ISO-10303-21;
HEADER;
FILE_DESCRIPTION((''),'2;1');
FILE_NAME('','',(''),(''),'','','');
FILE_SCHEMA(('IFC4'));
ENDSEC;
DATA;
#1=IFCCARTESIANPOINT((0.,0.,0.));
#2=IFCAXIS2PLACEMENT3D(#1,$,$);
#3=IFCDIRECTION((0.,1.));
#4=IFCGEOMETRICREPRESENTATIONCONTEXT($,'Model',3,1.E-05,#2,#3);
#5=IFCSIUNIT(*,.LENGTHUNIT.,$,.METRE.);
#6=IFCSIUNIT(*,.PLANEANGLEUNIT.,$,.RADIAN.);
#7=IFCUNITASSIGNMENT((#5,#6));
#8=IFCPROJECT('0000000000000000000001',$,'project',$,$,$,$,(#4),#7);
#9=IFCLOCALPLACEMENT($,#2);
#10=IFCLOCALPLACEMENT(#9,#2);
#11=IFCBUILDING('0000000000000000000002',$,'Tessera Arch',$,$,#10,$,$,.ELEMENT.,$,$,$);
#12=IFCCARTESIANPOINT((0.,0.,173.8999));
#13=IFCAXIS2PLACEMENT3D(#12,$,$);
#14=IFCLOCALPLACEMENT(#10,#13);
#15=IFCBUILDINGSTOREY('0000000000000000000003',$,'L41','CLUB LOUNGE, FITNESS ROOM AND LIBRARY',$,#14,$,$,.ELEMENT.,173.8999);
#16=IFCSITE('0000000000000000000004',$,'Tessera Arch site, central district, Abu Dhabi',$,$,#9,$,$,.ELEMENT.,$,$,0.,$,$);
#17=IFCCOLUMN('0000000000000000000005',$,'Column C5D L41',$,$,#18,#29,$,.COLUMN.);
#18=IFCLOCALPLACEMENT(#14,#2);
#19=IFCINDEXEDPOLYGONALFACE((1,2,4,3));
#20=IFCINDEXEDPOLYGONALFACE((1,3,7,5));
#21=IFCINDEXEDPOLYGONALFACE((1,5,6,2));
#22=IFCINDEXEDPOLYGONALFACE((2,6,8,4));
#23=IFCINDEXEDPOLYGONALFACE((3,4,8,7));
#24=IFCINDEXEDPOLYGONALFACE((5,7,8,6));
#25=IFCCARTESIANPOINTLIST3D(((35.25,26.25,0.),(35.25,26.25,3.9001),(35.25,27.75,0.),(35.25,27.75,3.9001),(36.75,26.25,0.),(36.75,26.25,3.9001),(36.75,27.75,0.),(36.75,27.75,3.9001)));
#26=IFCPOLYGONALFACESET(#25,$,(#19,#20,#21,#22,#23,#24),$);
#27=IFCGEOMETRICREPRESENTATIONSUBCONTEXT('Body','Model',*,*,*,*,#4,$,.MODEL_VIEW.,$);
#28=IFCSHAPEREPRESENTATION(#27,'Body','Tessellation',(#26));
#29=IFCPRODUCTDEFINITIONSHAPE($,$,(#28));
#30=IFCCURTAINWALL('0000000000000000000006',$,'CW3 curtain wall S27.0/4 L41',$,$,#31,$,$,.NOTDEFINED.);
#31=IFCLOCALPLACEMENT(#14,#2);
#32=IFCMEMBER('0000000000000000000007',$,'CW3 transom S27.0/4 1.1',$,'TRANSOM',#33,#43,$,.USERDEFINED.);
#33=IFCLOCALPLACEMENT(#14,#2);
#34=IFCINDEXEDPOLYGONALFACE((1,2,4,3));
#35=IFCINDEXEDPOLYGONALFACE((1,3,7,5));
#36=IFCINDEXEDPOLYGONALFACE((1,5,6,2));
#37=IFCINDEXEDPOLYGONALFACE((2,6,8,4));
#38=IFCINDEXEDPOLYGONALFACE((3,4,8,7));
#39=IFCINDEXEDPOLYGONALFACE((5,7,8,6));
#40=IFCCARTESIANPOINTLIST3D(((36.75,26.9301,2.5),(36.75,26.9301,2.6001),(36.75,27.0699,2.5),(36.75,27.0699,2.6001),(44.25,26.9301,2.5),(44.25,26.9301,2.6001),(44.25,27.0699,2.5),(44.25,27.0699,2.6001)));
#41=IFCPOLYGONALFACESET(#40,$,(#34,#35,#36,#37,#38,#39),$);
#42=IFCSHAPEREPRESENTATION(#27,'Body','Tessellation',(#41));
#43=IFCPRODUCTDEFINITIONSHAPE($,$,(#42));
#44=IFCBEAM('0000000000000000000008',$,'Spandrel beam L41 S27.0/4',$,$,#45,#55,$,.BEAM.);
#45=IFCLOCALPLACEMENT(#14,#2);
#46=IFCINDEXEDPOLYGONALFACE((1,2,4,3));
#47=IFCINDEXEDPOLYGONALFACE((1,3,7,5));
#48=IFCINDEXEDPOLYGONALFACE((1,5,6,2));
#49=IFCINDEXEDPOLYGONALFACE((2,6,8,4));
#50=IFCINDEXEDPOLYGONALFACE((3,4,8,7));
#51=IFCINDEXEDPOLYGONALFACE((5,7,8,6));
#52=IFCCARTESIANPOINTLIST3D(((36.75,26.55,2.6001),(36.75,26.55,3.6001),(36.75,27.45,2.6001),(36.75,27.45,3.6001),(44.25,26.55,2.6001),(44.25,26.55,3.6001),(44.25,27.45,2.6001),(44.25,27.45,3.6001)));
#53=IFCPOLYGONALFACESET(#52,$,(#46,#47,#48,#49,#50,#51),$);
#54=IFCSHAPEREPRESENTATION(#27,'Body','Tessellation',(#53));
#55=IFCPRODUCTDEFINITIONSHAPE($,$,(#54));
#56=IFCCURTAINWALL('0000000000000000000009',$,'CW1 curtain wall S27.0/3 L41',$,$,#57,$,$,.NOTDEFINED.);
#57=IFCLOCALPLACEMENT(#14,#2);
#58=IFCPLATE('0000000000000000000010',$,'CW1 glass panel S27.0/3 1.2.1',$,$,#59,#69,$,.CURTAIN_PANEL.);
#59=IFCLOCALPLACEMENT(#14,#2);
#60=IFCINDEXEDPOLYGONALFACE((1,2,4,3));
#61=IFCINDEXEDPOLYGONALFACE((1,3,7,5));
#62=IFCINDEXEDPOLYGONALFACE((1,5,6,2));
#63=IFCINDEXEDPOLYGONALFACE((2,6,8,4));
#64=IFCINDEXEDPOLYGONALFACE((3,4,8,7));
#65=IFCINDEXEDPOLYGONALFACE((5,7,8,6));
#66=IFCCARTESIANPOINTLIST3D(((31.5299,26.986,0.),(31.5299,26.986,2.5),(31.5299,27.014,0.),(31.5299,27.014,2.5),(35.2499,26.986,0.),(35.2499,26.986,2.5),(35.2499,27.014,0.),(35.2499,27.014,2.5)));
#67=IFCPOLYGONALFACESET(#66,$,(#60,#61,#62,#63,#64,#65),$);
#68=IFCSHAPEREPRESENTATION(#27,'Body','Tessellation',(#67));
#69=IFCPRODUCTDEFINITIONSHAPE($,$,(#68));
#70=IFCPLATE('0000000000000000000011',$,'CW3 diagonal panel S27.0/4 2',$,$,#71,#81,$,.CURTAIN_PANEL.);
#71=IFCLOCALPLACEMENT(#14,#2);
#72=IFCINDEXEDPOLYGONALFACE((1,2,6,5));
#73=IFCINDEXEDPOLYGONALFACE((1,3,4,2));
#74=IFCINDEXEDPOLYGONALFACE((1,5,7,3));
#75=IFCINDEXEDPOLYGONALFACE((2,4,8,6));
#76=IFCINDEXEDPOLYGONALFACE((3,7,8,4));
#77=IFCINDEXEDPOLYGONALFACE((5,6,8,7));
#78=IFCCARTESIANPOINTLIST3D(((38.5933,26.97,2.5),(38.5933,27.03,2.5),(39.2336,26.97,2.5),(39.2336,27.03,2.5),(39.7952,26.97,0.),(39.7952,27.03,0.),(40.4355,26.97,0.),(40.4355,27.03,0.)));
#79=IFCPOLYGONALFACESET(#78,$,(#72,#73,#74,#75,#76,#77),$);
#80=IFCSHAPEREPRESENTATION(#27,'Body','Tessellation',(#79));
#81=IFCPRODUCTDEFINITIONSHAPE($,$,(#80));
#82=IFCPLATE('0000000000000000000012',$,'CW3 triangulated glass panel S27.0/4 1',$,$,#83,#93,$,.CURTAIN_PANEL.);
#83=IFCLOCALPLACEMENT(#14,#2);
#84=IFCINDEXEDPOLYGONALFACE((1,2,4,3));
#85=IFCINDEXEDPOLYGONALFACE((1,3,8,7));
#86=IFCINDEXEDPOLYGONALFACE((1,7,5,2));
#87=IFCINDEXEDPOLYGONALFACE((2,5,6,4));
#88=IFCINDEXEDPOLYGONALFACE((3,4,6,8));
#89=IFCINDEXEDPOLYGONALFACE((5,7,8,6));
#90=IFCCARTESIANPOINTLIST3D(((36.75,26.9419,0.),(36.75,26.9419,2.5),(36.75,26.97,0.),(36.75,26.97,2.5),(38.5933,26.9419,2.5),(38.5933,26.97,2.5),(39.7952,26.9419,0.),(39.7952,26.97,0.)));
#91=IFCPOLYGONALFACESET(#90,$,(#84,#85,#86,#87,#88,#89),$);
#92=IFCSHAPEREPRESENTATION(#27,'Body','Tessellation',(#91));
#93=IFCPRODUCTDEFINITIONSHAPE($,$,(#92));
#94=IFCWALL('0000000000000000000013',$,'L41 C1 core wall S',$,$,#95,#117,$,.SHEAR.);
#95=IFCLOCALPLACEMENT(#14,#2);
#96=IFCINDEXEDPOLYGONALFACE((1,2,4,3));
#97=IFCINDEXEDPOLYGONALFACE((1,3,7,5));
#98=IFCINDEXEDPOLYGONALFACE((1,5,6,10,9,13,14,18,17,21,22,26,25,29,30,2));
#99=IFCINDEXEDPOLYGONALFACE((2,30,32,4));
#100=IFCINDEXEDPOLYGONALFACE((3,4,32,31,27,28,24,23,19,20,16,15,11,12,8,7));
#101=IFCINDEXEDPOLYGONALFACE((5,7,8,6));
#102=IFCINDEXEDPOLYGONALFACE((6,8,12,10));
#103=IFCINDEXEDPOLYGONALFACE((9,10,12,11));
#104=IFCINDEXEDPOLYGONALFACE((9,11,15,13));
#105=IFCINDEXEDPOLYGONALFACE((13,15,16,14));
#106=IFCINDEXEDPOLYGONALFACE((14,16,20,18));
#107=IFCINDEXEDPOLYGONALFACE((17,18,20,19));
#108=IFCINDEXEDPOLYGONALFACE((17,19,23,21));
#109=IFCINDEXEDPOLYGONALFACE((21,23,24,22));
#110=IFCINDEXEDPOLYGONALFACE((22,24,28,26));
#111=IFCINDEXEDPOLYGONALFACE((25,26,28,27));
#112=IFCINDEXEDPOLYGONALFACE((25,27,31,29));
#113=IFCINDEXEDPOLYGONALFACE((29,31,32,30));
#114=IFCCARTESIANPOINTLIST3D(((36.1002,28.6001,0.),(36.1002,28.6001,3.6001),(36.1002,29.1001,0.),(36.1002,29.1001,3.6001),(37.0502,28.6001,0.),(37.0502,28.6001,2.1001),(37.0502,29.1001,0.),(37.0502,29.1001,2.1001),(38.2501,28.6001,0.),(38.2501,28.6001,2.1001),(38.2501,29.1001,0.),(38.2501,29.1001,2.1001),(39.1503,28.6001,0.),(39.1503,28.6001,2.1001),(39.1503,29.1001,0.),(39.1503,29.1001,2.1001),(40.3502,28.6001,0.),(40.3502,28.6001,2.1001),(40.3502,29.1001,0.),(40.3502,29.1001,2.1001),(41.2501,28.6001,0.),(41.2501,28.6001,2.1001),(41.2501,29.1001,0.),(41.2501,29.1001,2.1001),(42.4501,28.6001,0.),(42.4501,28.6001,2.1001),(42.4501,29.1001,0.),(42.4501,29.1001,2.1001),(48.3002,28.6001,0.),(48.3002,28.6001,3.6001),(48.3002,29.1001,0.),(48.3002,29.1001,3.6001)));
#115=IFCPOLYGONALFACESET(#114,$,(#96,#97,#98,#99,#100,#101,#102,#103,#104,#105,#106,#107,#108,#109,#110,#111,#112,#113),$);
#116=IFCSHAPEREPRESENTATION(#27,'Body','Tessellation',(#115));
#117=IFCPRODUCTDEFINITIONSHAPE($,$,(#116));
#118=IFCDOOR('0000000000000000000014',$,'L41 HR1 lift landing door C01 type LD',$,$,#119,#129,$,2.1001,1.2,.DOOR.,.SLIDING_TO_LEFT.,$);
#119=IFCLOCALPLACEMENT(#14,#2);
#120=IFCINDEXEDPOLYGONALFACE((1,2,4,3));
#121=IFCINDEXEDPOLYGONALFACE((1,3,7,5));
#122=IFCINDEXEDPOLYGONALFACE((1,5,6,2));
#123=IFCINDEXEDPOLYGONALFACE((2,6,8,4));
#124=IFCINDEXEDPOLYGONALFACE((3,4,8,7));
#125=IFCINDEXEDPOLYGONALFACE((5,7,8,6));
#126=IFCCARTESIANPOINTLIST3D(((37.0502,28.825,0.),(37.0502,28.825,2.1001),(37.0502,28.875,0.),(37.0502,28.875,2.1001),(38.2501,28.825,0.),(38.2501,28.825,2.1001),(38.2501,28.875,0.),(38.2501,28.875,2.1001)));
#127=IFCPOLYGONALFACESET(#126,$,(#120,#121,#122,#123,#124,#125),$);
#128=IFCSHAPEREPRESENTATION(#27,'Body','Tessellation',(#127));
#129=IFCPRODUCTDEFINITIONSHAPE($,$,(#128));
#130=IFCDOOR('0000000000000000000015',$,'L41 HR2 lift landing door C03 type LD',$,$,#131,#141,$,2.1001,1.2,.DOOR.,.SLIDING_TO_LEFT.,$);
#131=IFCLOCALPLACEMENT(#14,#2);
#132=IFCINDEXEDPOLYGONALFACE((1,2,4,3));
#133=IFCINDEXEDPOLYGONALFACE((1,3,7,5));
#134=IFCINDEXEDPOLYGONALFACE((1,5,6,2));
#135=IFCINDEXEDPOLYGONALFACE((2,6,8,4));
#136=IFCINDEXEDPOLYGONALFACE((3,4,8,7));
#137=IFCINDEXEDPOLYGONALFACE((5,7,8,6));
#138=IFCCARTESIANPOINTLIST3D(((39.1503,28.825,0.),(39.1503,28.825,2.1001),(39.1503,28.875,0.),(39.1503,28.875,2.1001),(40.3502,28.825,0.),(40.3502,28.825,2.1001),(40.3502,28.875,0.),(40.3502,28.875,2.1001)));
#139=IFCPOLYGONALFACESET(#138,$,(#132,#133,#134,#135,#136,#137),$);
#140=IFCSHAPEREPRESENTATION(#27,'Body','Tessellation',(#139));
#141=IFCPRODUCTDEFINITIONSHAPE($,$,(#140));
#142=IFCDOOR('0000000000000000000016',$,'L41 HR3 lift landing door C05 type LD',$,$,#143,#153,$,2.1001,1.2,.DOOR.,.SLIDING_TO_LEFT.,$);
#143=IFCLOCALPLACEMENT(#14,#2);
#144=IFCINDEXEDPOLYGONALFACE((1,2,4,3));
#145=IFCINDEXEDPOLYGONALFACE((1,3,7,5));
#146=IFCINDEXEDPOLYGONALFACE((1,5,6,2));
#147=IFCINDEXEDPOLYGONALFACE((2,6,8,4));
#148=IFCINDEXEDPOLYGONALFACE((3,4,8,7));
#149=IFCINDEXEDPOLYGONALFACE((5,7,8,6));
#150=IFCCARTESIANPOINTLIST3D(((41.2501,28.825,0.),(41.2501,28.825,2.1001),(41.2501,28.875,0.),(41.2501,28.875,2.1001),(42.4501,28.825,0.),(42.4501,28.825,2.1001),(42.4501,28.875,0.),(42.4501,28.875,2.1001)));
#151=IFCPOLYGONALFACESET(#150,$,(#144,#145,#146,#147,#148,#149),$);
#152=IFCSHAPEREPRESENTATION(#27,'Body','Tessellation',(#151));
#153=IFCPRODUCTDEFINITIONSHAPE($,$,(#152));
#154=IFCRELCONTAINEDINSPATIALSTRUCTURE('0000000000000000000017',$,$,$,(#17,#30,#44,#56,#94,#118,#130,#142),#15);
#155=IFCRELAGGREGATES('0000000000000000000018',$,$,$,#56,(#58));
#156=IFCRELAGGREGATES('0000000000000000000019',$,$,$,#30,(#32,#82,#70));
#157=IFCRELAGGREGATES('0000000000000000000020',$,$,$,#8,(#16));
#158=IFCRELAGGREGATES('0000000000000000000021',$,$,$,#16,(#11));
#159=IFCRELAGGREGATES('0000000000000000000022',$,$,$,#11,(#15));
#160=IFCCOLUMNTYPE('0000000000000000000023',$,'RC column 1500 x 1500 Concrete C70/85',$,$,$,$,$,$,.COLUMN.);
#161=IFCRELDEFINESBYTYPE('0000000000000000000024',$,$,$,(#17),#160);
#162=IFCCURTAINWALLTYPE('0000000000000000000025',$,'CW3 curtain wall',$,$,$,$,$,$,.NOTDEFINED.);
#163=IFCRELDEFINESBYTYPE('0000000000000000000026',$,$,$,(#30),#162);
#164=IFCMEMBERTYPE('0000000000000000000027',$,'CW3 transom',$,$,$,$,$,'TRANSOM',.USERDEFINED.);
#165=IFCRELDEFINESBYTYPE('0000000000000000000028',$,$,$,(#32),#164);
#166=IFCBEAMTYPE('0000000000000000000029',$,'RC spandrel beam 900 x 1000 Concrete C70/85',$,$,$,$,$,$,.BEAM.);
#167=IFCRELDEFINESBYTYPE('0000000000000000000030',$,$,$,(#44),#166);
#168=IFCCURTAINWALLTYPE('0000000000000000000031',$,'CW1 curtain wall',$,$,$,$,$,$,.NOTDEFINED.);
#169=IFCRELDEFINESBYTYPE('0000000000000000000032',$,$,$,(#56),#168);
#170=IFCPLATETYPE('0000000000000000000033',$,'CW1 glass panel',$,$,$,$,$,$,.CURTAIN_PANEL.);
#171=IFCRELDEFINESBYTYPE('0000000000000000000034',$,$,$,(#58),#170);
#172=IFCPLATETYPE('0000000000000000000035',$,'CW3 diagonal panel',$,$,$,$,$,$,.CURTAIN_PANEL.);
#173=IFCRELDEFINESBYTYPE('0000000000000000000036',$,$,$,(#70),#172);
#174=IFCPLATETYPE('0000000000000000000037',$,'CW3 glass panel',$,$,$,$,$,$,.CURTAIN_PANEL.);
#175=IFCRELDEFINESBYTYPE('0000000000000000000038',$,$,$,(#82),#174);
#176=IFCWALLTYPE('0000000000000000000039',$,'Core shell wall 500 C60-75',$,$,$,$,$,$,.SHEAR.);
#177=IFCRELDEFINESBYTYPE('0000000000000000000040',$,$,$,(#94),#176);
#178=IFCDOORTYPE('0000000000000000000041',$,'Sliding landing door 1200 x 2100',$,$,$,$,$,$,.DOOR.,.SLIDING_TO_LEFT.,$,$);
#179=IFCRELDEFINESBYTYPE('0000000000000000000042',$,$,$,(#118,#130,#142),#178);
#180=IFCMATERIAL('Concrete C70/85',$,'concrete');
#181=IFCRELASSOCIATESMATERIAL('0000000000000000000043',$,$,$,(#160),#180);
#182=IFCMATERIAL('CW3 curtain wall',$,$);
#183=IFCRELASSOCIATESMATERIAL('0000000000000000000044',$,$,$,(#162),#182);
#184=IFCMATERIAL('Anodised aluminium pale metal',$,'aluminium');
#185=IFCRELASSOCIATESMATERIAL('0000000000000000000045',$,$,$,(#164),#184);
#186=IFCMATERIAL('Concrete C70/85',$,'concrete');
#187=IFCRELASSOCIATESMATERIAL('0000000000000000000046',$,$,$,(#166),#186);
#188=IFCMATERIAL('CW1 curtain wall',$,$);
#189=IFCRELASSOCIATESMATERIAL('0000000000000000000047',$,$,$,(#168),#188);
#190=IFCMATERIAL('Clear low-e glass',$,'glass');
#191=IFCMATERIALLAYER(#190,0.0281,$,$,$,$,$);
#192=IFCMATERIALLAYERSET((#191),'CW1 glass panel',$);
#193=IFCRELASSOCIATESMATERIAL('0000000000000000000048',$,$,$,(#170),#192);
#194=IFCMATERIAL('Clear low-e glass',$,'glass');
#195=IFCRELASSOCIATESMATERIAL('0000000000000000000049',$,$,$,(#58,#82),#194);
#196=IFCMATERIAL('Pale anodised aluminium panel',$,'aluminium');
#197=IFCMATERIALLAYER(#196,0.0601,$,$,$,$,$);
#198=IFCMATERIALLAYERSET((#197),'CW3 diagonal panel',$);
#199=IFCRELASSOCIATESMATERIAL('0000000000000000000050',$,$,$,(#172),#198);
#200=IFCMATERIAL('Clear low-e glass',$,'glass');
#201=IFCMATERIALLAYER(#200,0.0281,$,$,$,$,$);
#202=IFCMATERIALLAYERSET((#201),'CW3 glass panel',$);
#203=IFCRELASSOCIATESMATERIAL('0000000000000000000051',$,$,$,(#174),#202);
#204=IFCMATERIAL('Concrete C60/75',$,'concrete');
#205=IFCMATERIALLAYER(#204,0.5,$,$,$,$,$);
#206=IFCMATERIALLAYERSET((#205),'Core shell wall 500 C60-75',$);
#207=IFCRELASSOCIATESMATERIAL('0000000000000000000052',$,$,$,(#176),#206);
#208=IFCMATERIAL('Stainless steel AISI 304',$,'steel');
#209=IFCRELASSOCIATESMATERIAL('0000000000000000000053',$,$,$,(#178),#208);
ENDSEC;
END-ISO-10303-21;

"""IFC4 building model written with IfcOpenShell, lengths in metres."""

from ifc_helpers import new_model, si_unit, direction, frame, frame_2d, origin, origin_2d, place, context, subcontext, project, spatial, polyline, rectangle, outline, extrude, material, layer, layer_set, material_profile, profile_set, type_object, element, fill, aggregate, save


model = new_model("IFC4")

# Units and contexts
model_context = context("Model", 3, precision=1e-05, world=origin(), true_north=direction((0.0, 1.0)))
body_context = subcontext(model_context, "Body", "Model", "MODEL_VIEW")
ifc_project = project(units=[si_unit("LENGTHUNIT", "METRE"), si_unit("PLANEANGLEUNIT", "RADIAN")], contexts=[model_context])

# Site, building, storey
site_placement = place(None, origin())
site = spatial("IfcSite", under=ifc_project, at=site_placement, Name="Tessera Arch site, central district, Abu Dhabi", CompositionType="ELEMENT", RefElevation=0.0)
building_placement = place(site_placement, origin())
building = spatial("IfcBuilding", under=site, at=building_placement, Name="Tessera Arch", CompositionType="ELEMENT")
storey_placement = place(building_placement, frame((0.0, 0.0, 173.8999)))
storey = spatial("IfcBuildingStorey", under=building, at=storey_placement, Name="L41", Description="CLUB LOUNGE, FITNESS ROOM AND LIBRARY", CompositionType="ELEMENT", Elevation=173.8999)

# Column
ifc_material_1 = material(Name="Concrete C70/85", Category="concrete")
ifc_material_profile_1 = material_profile(ifc_material_1, rectangle(XDim=1.5, YDim=1.5, at=origin_2d()), Name="RC column 1500 x 1500 Concrete C70/85")
ifc_profile_set_1 = profile_set([ifc_material_profile_1], Name="Concrete C70/85")
column_type = type_object("IfcColumnType", Name="RC column 1500 x 1500 Concrete C70/85", PredefinedType="COLUMN", material=ifc_profile_set_1)
column_placement = place(storey_placement, frame((36.0, 27.0, 0.0), z_axis=(0.0, 0.0, 1.0), x_axis=(1.0, 0.0, 0.0)))
element("IfcColumn", 1, at=column_placement, inside=storey, type_object=column_type, Name="Column C5D L41", PredefinedType="COLUMN", context=body_context, shape_type="SweptSolid", body=[
    extrude(rectangle(XDim=1.5, YDim=1.5, at=origin_2d()), origin(), (0.0, 0.0, 1.0), 3.9001),
])

# Curtain wall, member
ifc_material_2 = material(Name="CW3 curtain wall")
curtain_wall_type_1 = type_object("IfcCurtainWallType", Name="CW3 curtain wall", PredefinedType="NOTDEFINED", material=ifc_material_2)
curtain_wall_1_placement = place(storey_placement, origin())
curtain_wall_1 = element("IfcCurtainWall", 2, at=curtain_wall_1_placement, inside=storey, type_object=curtain_wall_type_1, Name="CW3 curtain wall S27.0/4 L41", PredefinedType="NOTDEFINED")
ifc_material_3 = material(Name="Anodised aluminium pale metal", Category="aluminium")
ifc_material_profile_2 = material_profile(ifc_material_3, rectangle(XDim=0.1399, YDim=0.1001, at=origin_2d()), Name="AL 140x100")
ifc_profile_set_2 = profile_set([ifc_material_profile_2], Name="Anodised aluminium pale metal")
member_type = type_object("IfcMemberType", Name="CW3 transom", ElementType="TRANSOM", PredefinedType="USERDEFINED", material=ifc_profile_set_2)
member_placement = place(storey_placement, frame((36.75, 27.0, 2.55), z_axis=(1.0, 0.0, 0.0), x_axis=(0.0, 1.0, 0.0)))
member = element("IfcMember", 3, at=member_placement, type_object=member_type, Name="CW3 transom S27.0/4 1.1", ObjectType="TRANSOM", PredefinedType="USERDEFINED", context=body_context, shape_type="SweptSolid", body=[
    extrude(rectangle(XDim=0.1399, YDim=0.1001, at=origin_2d()), origin(), (0.0, 0.0, 1.0), 7.5),
])

# Beam
ifc_material_4 = material(Name="Concrete C70/85", Category="concrete")
ifc_material_profile_3 = material_profile(ifc_material_4, rectangle(XDim=0.8999, YDim=1.0, at=origin_2d()), Name="RC spandrel beam 900 x 1000 Concrete C70/85")
ifc_profile_set_3 = profile_set([ifc_material_profile_3], Name="Concrete C70/85")
beam_type = type_object("IfcBeamType", Name="RC spandrel beam 900 x 1000 Concrete C70/85", PredefinedType="BEAM", material=ifc_profile_set_3)
beam_placement = place(storey_placement, frame((36.75, 27.0, 3.1001), z_axis=(1.0, 0.0, 0.0), x_axis=(0.0, 1.0, 0.0)))
element("IfcBeam", 4, at=beam_placement, inside=storey, type_object=beam_type, Name="Spandrel beam L41 S27.0/4", PredefinedType="BEAM", context=body_context, shape_type="SweptSolid", body=[
    extrude(rectangle(XDim=0.8999, YDim=1.0, at=origin_2d()), origin(), (0.0, 0.0, 1.0), 7.5),
])

# Curtain wall, plate
ifc_material_5 = material(Name="CW1 curtain wall")
curtain_wall_type_2 = type_object("IfcCurtainWallType", Name="CW1 curtain wall", PredefinedType="NOTDEFINED", material=ifc_material_5)
curtain_wall_2_placement = place(storey_placement, origin())
curtain_wall_2 = element("IfcCurtainWall", 5, at=curtain_wall_2_placement, inside=storey, type_object=curtain_wall_type_2, Name="CW1 curtain wall S27.0/3 L41", PredefinedType="NOTDEFINED")
ifc_material_6 = material(Name="Clear low-e glass", Category="glass")
ifc_material_7 = material(Name="Clear low-e glass", Category="glass")
ifc_layer_1 = layer(ifc_material_7, 0.0281)
ifc_layer_set_1 = layer_set([ifc_layer_1], Name="CW1 glass panel")
plate_type_1 = type_object("IfcPlateType", Name="CW1 glass panel", PredefinedType="CURTAIN_PANEL", material=ifc_layer_set_1)
plate_1_placement = place(storey_placement, frame((33.3899, 27.0, 0.0), z_axis=(0.0, 0.0, 1.0), x_axis=(1.0, 0.0, 0.0)))
plate_1 = element("IfcPlate", 6, at=plate_1_placement, type_object=plate_type_1, material=ifc_material_6, Name="CW1 glass panel S27.0/3 1.2.1", PredefinedType="CURTAIN_PANEL", context=body_context, shape_type="SweptSolid", body=[
    extrude(rectangle(XDim=3.72, YDim=0.0281, at=origin_2d()), origin(), (0.0, 0.0, 1.0), 2.5),
])
aggregate(curtain_wall_2, [plate_1])

# Plates
ifc_material_8 = material(Name="Pale anodised aluminium panel", Category="aluminium")
ifc_layer_2 = layer(ifc_material_8, 0.0601)
ifc_layer_set_2 = layer_set([ifc_layer_2], Name="CW3 diagonal panel")
plate_type_2 = type_object("IfcPlateType", Name="CW3 diagonal panel", PredefinedType="CURTAIN_PANEL", material=ifc_layer_set_2)
plate_2_placement = place(storey_placement, frame((39.2336, 26.97, 2.5), z_axis=(0.0, -1.0, 0.0), x_axis=(-1.0, 0.0, 0.0)))
plate_2 = element("IfcPlate", 7, at=plate_2_placement, type_object=plate_type_2, Name="CW3 diagonal panel S27.0/4 2", PredefinedType="CURTAIN_PANEL", context=body_context, shape_type="SweptSolid", body=[
    extrude(outline(polyline([(0.0, 0.0), (0.6404, 0.0), (-0.5615, 2.5), (-1.2019, 2.5), (0.0, 0.0)])), origin(), (0.0, 0.0, -1.0), 0.0601),
])
ifc_material_9 = material(Name="Clear low-e glass", Category="glass")
ifc_layer_3 = layer(ifc_material_9, 0.0281)
ifc_layer_set_3 = layer_set([ifc_layer_3], Name="CW3 glass panel")
plate_type_3 = type_object("IfcPlateType", Name="CW3 glass panel", PredefinedType="CURTAIN_PANEL", material=ifc_layer_set_3)
plate_3_placement = place(storey_placement, frame((36.75, 26.9419, 0.0), z_axis=(0.0, -1.0, 0.0), x_axis=(1.0, 0.0, 0.0)))
plate_3 = element("IfcPlate", 8, at=plate_3_placement, type_object=plate_type_3, material=ifc_material_6, Name="CW3 triangulated glass panel S27.0/4 1", PredefinedType="CURTAIN_PANEL", context=body_context, shape_type="SweptSolid", body=[
    extrude(outline(polyline([(0.0, 0.0), (3.0452, 0.0), (1.8433, 2.5), (0.0, 2.5), (0.0, 0.0)])), origin(), (0.0, 0.0, -1.0), 0.0281),
])
aggregate(curtain_wall_1, [member, plate_3, plate_2])

# Wall, openings, doors
ifc_material_10 = material(Name="Concrete C60/75", Category="concrete")
ifc_layer_4 = layer(ifc_material_10, 0.5)
ifc_layer_set_4 = layer_set([ifc_layer_4], Name="Core shell wall 500 C60-75")
wall_type_1 = type_object("IfcWallType", Name="Core shell wall 500 C60-75", PredefinedType="SHEAR", material=ifc_layer_set_4)
wall_1_placement = place(storey_placement, frame((36.1001, 28.8501, 0.0), z_axis=(0.0, 0.0, 1.0), x_axis=(1.0, 0.0, 0.0)))
wall_1 = element("IfcWall", 9, at=wall_1_placement, inside=storey, type_object=wall_type_1, Name="L41 C1 core wall S", PredefinedType="SHEAR", context=body_context, shape_type="SweptSolid", body=[
    extrude(rectangle(XDim=12.2, YDim=0.5, at=frame_2d((6.1001, 0.0))), origin(), (0.0, 0.0, 1.0), 3.6001),
])
opening_1_placement = place(wall_1_placement, frame((0.95, 0.0, 0.0)))
opening_1 = element("IfcOpeningElement", 10, at=opening_1_placement, cuts=wall_1, PredefinedType="OPENING", context=body_context, shape_type="SweptSolid", body=[
    extrude(rectangle(XDim=1.2, YDim=2.1001, at=frame_2d((0.6001, 1.05))), frame((0.0, 0.26, 0.0), z_axis=(0.0, -1.0, 0.0), x_axis=(1.0, 0.0, 0.0)), (0.0, 0.0, 1.0), 0.52),
])
opening_2_placement = place(wall_1_placement, frame((3.05, 0.0, 0.0)))
opening_2 = element("IfcOpeningElement", 11, at=opening_2_placement, cuts=wall_1, PredefinedType="OPENING", context=body_context, shape_type="SweptSolid", body=[
    extrude(rectangle(XDim=1.2, YDim=2.1001, at=frame_2d((0.6001, 1.05))), frame((0.0, 0.26, 0.0), z_axis=(0.0, -1.0, 0.0), x_axis=(1.0, 0.0, 0.0)), (0.0, 0.0, 1.0), 0.52),
])
opening_3_placement = place(wall_1_placement, frame((5.1499, 0.0, 0.0)))
opening_3 = element("IfcOpeningElement", 12, at=opening_3_placement, cuts=wall_1, PredefinedType="OPENING", context=body_context, shape_type="SweptSolid", body=[
    extrude(rectangle(XDim=1.2, YDim=2.1001, at=frame_2d((0.6001, 1.05))), frame((0.0, 0.26, 0.0), z_axis=(0.0, -1.0, 0.0), x_axis=(1.0, 0.0, 0.0)), (0.0, 0.0, 1.0), 0.52),
])
ifc_material_11 = material(Name="Stainless steel AISI 304", Category="steel")
door_type_1 = type_object("IfcDoorType", Name="Sliding landing door 1200 x 2100", OperationType="SLIDING_TO_LEFT", PredefinedType="DOOR", material=ifc_material_11)
door_1_placement = place(opening_1_placement, origin())
door_1 = element("IfcDoor", 13, at=door_1_placement, inside=storey, type_object=door_type_1, Name="L41 HR1 lift landing door C01 type LD", OperationType="SLIDING_TO_LEFT", OverallHeight=2.1001, OverallWidth=1.2, PredefinedType="DOOR", context=body_context, shape_type="SweptSolid", body=[
    extrude(rectangle(XDim=1.2, YDim=2.1001, at=frame_2d((0.6001, 1.05))), frame((0.0, 0.0249, 0.0), z_axis=(0.0, -1.0, 0.0), x_axis=(1.0, 0.0, 0.0)), (0.0, 0.0, 1.0), 0.05),
])
fill(opening_1, door_1)
door_2_placement = place(opening_2_placement, origin())
door_2 = element("IfcDoor", 14, at=door_2_placement, inside=storey, type_object=door_type_1, Name="L41 HR2 lift landing door C03 type LD", OperationType="SLIDING_TO_LEFT", OverallHeight=2.1001, OverallWidth=1.2, PredefinedType="DOOR", context=body_context, shape_type="SweptSolid", body=[
    extrude(rectangle(XDim=1.2, YDim=2.1001, at=frame_2d((0.6001, 1.05))), frame((0.0, 0.0249, 0.0), z_axis=(0.0, -1.0, 0.0), x_axis=(1.0, 0.0, 0.0)), (0.0, 0.0, 1.0), 0.05),
])
fill(opening_2, door_2)
door_3_placement = place(opening_3_placement, origin())
door_3 = element("IfcDoor", 15, at=door_3_placement, inside=storey, type_object=door_type_1, Name="L41 HR3 lift landing door C05 type LD", OperationType="SLIDING_TO_LEFT", OverallHeight=2.1001, OverallWidth=1.2, PredefinedType="DOOR", context=body_context, shape_type="SweptSolid", body=[
    extrude(rectangle(XDim=1.2, YDim=2.1001, at=frame_2d((0.6001, 1.05))), frame((0.0, 0.0249, 0.0), z_axis=(0.0, -1.0, 0.0), x_axis=(1.0, 0.0, 0.0)), (0.0, 0.0, 1.0), 0.05),
])
fill(opening_3, door_3)

save(model, "model.ifc")
